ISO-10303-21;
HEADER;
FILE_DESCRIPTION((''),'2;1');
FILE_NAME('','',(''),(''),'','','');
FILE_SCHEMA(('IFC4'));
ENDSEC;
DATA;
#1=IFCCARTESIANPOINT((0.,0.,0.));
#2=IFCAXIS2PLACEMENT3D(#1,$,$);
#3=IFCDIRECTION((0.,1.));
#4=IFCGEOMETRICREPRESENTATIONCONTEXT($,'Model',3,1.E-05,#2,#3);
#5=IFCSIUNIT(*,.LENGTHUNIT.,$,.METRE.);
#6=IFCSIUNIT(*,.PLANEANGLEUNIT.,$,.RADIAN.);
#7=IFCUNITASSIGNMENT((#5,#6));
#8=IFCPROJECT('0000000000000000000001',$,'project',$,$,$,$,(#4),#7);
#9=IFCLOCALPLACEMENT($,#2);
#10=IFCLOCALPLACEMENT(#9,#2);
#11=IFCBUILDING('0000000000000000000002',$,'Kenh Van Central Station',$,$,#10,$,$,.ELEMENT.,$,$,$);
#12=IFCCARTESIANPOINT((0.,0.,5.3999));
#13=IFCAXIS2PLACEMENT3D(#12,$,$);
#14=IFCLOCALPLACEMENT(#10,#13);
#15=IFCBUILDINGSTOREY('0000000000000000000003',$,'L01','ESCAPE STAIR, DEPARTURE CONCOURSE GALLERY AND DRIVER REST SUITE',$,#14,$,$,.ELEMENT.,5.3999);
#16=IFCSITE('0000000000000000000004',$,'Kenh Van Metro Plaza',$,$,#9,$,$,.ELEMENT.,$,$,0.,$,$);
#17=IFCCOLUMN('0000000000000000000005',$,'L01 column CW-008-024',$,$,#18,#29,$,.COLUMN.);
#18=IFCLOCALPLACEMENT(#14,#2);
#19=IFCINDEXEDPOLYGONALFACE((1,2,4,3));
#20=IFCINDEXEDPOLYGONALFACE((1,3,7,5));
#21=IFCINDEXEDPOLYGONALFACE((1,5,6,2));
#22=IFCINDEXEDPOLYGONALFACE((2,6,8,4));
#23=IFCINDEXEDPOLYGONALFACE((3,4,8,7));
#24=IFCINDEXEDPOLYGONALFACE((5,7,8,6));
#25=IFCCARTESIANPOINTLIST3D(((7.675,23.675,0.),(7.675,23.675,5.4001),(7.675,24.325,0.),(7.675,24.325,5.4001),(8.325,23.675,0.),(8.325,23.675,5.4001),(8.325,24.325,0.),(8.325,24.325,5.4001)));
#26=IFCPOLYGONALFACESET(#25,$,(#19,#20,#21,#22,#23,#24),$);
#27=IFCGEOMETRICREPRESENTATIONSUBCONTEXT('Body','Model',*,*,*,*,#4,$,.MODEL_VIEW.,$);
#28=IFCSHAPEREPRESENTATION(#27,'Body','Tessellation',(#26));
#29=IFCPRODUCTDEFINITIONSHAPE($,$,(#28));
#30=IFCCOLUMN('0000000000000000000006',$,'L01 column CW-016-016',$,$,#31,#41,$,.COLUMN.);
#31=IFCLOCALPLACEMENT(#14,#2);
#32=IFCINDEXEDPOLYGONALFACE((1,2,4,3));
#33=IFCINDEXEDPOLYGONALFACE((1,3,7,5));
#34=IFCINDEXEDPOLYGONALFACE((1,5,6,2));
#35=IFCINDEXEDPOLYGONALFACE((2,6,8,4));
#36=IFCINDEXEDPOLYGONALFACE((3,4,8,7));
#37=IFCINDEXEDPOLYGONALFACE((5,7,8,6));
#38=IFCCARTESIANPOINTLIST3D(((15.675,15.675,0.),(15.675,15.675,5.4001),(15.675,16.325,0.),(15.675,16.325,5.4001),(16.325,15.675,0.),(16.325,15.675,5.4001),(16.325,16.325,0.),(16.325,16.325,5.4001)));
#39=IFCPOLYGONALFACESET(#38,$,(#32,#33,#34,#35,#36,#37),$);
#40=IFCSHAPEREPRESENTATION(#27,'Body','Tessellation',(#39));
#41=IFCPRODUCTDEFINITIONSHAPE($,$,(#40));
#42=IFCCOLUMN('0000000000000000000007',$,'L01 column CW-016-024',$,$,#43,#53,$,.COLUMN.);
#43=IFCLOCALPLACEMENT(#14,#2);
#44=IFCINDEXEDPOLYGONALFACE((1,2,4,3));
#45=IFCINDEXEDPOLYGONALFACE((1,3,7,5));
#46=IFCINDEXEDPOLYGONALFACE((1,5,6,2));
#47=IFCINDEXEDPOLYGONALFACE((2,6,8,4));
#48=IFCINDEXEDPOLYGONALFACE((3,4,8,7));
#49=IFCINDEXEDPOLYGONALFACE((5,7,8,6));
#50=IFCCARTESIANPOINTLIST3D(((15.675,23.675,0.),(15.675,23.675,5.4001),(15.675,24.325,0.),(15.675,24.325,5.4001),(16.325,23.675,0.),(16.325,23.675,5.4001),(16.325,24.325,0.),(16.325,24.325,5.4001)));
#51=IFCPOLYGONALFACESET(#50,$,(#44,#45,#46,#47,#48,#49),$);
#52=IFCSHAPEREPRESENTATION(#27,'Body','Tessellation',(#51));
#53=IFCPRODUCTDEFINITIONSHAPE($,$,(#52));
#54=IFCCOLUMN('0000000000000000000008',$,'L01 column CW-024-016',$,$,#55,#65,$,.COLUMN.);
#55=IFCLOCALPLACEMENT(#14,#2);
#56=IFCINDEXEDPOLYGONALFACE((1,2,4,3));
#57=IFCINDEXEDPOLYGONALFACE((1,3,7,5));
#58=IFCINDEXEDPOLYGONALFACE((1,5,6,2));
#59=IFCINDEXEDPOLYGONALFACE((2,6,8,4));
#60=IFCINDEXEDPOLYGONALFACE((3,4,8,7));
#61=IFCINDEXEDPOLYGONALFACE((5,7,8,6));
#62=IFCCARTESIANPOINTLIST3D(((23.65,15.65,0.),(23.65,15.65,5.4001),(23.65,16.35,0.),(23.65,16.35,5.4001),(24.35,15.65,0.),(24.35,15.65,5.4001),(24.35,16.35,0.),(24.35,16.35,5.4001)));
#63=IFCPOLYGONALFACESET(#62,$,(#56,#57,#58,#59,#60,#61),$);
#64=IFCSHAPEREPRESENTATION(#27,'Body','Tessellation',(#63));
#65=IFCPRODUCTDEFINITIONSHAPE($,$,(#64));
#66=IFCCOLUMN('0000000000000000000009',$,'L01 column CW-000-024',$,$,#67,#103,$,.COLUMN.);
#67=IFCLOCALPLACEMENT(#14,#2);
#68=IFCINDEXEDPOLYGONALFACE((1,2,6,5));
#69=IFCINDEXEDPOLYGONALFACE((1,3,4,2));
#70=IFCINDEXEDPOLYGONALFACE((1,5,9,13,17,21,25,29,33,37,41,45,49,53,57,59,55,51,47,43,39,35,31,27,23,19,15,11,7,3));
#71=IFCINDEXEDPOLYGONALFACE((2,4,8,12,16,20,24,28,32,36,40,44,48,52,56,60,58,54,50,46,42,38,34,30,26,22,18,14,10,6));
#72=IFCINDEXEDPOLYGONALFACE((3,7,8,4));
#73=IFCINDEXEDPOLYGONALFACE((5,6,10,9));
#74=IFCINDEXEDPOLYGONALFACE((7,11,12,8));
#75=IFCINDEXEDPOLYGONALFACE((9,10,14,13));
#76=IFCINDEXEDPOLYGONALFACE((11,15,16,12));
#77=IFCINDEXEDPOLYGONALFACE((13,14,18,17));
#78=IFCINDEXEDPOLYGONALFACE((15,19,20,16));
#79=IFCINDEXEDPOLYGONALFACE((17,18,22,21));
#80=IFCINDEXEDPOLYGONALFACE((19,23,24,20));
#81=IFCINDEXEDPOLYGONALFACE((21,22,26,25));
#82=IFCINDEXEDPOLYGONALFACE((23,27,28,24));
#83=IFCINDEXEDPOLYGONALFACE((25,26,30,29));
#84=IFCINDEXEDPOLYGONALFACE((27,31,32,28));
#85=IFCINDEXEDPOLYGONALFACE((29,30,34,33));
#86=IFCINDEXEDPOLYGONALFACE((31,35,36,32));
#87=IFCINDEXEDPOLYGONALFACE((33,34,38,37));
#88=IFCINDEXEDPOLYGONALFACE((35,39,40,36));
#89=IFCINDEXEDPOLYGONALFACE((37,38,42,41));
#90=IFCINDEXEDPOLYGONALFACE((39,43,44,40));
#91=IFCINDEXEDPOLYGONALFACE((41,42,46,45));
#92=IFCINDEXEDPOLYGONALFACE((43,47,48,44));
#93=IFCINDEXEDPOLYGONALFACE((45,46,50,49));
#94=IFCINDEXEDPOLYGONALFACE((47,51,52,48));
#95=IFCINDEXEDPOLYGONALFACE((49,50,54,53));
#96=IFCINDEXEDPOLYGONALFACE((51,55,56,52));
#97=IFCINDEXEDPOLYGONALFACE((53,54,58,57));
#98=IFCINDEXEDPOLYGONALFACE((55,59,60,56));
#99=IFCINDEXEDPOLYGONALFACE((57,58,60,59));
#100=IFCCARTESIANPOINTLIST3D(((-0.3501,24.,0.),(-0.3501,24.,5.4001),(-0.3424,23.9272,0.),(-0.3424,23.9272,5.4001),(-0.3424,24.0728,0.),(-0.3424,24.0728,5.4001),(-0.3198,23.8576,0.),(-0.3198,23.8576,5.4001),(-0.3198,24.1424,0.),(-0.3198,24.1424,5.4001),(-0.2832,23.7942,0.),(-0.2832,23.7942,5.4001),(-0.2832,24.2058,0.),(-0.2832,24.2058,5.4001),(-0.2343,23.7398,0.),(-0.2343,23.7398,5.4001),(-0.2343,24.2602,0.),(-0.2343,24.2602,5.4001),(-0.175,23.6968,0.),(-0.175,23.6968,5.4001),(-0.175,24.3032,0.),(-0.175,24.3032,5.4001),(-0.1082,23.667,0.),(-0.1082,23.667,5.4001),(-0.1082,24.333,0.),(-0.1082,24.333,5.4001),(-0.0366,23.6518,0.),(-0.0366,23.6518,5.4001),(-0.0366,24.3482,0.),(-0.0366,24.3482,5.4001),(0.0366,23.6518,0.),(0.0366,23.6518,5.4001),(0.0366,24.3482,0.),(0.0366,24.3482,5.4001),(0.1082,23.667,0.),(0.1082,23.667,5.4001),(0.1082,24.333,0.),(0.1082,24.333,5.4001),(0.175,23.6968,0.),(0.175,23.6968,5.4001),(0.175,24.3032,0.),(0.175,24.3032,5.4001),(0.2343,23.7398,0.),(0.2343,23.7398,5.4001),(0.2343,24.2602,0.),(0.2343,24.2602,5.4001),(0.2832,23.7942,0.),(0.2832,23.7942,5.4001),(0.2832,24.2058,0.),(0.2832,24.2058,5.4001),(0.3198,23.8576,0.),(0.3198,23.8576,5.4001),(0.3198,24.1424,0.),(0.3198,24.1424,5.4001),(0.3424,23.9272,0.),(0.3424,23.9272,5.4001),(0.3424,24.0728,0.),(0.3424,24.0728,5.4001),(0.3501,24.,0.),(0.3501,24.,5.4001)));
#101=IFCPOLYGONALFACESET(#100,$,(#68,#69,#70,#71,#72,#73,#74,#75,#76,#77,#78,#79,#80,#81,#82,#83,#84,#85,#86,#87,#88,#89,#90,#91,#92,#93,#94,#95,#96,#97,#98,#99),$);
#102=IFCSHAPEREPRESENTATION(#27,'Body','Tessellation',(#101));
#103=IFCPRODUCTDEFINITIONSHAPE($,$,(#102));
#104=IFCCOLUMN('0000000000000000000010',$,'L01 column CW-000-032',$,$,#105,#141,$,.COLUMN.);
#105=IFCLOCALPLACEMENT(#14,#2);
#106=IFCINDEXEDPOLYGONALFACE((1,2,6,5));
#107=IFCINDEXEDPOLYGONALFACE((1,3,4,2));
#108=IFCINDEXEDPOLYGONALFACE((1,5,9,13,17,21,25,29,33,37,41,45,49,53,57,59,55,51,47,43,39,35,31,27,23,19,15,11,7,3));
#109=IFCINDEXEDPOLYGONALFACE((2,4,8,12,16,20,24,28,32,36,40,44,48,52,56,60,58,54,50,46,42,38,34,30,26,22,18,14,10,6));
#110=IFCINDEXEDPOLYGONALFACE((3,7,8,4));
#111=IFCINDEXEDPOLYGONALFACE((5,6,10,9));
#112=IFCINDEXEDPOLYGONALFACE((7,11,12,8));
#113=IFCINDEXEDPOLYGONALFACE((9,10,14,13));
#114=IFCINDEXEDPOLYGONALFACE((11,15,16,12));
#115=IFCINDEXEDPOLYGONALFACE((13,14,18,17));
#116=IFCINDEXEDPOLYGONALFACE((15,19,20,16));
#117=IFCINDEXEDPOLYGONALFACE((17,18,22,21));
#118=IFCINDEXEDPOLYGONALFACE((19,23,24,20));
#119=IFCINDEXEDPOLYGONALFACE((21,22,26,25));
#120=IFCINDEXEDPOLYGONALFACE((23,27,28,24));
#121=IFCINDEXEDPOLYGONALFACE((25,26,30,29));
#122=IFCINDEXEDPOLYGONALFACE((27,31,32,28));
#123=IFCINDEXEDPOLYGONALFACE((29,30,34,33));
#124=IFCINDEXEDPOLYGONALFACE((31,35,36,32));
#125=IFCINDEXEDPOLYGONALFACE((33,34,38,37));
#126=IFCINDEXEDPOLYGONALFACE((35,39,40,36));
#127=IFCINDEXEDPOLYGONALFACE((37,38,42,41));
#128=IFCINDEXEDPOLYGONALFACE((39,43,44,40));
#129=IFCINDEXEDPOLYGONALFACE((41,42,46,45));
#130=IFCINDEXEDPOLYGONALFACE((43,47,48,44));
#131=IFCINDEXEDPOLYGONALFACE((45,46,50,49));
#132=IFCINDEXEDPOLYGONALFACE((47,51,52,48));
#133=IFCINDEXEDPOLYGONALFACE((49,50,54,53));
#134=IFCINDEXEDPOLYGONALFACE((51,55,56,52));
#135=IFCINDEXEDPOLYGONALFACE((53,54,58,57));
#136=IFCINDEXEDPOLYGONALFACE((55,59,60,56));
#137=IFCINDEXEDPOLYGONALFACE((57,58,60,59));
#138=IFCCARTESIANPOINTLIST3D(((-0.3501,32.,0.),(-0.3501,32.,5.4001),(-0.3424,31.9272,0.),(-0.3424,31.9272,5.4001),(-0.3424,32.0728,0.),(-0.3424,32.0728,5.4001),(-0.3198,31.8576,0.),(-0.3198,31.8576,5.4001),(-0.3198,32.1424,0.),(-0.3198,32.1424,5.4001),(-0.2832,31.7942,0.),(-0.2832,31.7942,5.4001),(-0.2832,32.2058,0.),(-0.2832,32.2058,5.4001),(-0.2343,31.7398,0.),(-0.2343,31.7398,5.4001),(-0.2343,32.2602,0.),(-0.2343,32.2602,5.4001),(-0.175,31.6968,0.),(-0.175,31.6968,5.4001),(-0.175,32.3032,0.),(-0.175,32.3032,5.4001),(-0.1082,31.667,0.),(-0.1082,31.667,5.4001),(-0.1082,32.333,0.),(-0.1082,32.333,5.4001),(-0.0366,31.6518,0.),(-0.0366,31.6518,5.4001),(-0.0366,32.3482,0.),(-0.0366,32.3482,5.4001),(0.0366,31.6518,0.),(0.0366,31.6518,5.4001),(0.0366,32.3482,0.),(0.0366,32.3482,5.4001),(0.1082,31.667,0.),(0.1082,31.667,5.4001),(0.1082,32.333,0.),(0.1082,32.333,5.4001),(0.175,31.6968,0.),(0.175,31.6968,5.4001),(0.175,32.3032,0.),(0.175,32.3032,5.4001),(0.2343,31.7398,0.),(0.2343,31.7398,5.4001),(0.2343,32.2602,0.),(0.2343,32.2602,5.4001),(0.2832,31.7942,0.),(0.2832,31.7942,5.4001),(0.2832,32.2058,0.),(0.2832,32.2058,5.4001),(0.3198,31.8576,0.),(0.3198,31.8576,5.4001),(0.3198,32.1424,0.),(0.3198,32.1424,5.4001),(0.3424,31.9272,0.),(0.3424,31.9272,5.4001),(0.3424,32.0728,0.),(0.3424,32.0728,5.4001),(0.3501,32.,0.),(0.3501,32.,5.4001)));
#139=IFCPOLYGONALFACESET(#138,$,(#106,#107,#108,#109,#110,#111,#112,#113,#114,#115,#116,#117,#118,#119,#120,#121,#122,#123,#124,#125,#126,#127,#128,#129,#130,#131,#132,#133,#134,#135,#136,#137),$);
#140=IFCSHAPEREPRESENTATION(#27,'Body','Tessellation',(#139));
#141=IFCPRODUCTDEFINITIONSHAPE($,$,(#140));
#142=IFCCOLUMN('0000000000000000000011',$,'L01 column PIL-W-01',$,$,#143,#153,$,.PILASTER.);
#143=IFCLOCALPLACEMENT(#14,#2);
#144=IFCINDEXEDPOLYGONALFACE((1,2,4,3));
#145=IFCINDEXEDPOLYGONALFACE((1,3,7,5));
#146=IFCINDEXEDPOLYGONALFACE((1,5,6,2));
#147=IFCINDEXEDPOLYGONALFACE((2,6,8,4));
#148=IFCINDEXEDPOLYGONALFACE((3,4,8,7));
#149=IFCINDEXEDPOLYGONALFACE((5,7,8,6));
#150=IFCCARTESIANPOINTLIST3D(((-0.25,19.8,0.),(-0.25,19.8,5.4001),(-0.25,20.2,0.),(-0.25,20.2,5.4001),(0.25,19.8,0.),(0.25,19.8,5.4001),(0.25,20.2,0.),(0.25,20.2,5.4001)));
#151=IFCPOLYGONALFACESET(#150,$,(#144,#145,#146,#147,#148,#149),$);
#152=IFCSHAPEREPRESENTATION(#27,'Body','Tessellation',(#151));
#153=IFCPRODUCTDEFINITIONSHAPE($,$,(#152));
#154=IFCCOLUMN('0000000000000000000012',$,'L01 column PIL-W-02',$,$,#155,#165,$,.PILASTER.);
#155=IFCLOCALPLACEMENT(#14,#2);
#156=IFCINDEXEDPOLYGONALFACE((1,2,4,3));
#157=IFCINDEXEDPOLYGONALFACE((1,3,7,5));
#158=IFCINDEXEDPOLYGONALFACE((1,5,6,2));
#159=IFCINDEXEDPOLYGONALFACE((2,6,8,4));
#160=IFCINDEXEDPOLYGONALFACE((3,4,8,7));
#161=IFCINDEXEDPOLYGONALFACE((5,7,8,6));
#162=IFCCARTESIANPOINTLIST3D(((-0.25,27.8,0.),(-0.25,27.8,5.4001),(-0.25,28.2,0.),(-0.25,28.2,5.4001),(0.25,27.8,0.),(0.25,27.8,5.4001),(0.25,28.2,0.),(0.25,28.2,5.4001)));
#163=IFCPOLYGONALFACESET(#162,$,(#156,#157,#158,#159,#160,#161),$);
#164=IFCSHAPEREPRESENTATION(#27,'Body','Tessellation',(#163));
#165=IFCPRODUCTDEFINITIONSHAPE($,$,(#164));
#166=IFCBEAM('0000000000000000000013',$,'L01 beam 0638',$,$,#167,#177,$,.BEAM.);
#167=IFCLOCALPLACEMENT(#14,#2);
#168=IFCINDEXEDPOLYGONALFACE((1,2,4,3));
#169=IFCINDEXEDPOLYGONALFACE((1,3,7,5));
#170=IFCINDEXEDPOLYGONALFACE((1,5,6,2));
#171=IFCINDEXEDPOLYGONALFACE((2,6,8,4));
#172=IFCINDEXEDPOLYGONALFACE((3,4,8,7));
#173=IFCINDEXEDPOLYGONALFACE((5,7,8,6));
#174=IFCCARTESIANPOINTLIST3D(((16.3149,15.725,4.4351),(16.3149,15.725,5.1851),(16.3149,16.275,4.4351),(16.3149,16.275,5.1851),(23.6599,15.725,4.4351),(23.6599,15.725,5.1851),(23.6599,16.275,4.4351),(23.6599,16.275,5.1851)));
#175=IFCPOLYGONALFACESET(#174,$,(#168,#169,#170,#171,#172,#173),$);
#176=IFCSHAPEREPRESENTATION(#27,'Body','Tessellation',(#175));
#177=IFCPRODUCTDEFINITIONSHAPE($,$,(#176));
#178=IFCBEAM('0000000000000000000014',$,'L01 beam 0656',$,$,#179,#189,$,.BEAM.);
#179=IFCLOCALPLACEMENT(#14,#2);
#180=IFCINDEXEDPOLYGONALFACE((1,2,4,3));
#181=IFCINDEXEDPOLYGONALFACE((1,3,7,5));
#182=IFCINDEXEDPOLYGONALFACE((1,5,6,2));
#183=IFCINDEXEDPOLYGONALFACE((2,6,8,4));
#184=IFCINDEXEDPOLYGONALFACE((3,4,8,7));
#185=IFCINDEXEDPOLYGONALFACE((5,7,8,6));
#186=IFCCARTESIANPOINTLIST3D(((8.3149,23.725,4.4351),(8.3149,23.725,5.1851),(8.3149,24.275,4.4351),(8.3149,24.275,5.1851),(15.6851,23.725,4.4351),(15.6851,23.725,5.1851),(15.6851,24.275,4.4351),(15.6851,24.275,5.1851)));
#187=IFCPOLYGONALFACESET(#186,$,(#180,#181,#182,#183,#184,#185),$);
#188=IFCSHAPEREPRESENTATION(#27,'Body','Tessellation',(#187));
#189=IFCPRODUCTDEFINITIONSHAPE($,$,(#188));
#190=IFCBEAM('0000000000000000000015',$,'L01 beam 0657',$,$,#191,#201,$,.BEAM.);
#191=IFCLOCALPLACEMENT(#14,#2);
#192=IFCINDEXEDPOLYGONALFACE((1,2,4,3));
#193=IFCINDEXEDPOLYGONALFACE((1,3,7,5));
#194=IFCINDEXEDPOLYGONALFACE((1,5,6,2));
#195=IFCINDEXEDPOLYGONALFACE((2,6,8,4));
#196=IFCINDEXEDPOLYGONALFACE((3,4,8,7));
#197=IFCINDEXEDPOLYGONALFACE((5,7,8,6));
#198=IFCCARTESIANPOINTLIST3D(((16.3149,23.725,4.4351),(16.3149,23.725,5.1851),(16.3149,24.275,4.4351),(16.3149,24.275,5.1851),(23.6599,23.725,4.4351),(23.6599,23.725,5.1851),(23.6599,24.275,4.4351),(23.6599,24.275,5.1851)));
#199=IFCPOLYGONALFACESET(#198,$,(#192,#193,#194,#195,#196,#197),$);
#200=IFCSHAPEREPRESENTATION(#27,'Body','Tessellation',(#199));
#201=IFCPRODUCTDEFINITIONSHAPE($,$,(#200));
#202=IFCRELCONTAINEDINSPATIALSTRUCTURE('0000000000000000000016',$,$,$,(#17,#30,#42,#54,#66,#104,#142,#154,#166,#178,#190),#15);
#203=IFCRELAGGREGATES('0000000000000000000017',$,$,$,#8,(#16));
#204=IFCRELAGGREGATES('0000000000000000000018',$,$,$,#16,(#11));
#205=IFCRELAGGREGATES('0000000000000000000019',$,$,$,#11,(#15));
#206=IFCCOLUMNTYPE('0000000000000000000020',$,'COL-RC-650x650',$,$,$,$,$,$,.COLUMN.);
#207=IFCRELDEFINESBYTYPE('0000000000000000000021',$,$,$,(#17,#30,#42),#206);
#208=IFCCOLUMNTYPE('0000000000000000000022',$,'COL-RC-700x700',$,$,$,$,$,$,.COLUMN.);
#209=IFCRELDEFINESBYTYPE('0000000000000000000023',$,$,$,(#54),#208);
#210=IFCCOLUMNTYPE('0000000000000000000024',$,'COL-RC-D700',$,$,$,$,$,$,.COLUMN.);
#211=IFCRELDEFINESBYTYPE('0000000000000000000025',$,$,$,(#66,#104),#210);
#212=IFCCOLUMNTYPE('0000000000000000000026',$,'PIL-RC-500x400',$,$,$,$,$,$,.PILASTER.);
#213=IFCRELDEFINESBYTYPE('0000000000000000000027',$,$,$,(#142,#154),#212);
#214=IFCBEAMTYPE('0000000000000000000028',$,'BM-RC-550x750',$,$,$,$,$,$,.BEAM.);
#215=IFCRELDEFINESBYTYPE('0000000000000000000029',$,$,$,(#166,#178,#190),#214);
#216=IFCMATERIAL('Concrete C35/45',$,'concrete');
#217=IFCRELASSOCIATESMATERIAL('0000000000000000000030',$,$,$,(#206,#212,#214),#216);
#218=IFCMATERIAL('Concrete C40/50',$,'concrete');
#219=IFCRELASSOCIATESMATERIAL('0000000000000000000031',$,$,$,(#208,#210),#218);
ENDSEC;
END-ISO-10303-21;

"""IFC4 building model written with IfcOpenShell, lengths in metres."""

from ifc_helpers import new_model, si_unit, direction, frame, origin, origin_2d, place, context, subcontext, project, spatial, rectangle, circle, extrude, material, material_profile, profile_set, type_object, element, save


model = new_model("IFC4")

# Units and contexts
model_context = context("Model", 3, precision=1e-05, world=origin(), true_north=direction((0.0, 1.0)))
body_context = subcontext(model_context, "Body", "Model", "MODEL_VIEW")
ifc_project = project(units=[si_unit("LENGTHUNIT", "METRE"), si_unit("PLANEANGLEUNIT", "RADIAN")], contexts=[model_context])

# Site, building, storey
site_placement = place(None, origin())
site = spatial("IfcSite", under=ifc_project, at=site_placement, Name="Kenh Van Metro Plaza", CompositionType="ELEMENT", RefElevation=0.0)
building_placement = place(site_placement, origin())
building = spatial("IfcBuilding", under=site, at=building_placement, Name="Kenh Van Central Station", CompositionType="ELEMENT")
storey_placement = place(building_placement, frame((0.0, 0.0, 5.3999)))
storey = spatial("IfcBuildingStorey", under=building, at=storey_placement, Name="L01", Description="ESCAPE STAIR, DEPARTURE CONCOURSE GALLERY AND DRIVER REST SUITE", CompositionType="ELEMENT", Elevation=5.3999)

# Columns
ifc_material_1 = material(Name="Concrete C35/45", Category="concrete")
ifc_material_profile_1 = material_profile(ifc_material_1, rectangle(XDim=0.6499, YDim=0.6499, at=origin_2d()), Name="RC 650x650")
ifc_profile_set_1 = profile_set([ifc_material_profile_1], Name="Concrete C35/45")
column_type_1 = type_object("IfcColumnType", Name="COL-RC-650x650", PredefinedType="COLUMN", material=ifc_profile_set_1)
for number, where, z_axis, x_axis, name in (
    (1, (8.0, 24.0, 0.0), (0.0, 0.0, 1.0), (1.0, 0.0, 0.0), "L01 column CW-008-024"),
    (2, (16.0, 16.0, 0.0), (0.0, 0.0, 1.0), (1.0, 0.0, 0.0), "L01 column CW-016-016"),
    (3, (16.0, 24.0, 0.0), (0.0, 0.0, 1.0), (1.0, 0.0, 0.0), "L01 column CW-016-024"),
):
    element("IfcColumn", number, at=place(storey_placement, frame(where, z_axis=z_axis, x_axis=x_axis)), inside=storey, type_object=column_type_1, Name=name, PredefinedType="COLUMN", context=body_context, shape_type="SweptSolid", body=[
        extrude(rectangle(XDim=0.6499, YDim=0.6499, at=origin_2d()), origin(), (0.0, 0.0, 1.0), 5.4001),
    ])
ifc_material_2 = material(Name="Concrete C40/50", Category="concrete")
ifc_material_profile_2 = material_profile(ifc_material_2, rectangle(XDim=0.7, YDim=0.7, at=origin_2d()), Name="RC 700x700")
ifc_profile_set_2 = profile_set([ifc_material_profile_2], Name="Concrete C40/50")
column_type_2 = type_object("IfcColumnType", Name="COL-RC-700x700", PredefinedType="COLUMN", material=ifc_profile_set_2)
column_placement = place(storey_placement, frame((24.0, 16.0, 0.0), z_axis=(0.0, 0.0, 1.0), x_axis=(1.0, 0.0, 0.0)))
element("IfcColumn", 4, at=column_placement, inside=storey, type_object=column_type_2, Name="L01 column CW-024-016", PredefinedType="COLUMN", context=body_context, shape_type="SweptSolid", body=[
    extrude(rectangle(XDim=0.7, YDim=0.7, at=origin_2d()), origin(), (0.0, 0.0, 1.0), 5.4001),
])
ifc_material_profile_3 = material_profile(ifc_material_2, circle(Radius=0.3501, at=origin_2d()), Name="RC D700")
ifc_profile_set_3 = profile_set([ifc_material_profile_3], Name="Concrete C40/50")
column_type_3 = type_object("IfcColumnType", Name="COL-RC-D700", PredefinedType="COLUMN", material=ifc_profile_set_3)
for number, where, z_axis, x_axis, name in (
    (5, (0.0, 24.0, 0.0), (0.0, 0.0, 1.0), (1.0, 0.0, 0.0), "L01 column CW-000-024"),
    (6, (0.0, 32.0, 0.0), (0.0, 0.0, 1.0), (1.0, 0.0, 0.0), "L01 column CW-000-032"),
):
    element("IfcColumn", number, at=place(storey_placement, frame(where, z_axis=z_axis, x_axis=x_axis)), inside=storey, type_object=column_type_3, Name=name, PredefinedType="COLUMN", context=body_context, shape_type="SweptSolid", body=[
        extrude(circle(Radius=0.3501, at=origin_2d()), origin(), (0.0, 0.0, 1.0), 5.4001),
    ])
ifc_material_profile_4 = material_profile(ifc_material_1, rectangle(XDim=0.5, YDim=0.3999, at=origin_2d()), Name="RC 500x400")
ifc_profile_set_4 = profile_set([ifc_material_profile_4], Name="Concrete C35/45")
column_type_4 = type_object("IfcColumnType", Name="PIL-RC-500x400", PredefinedType="PILASTER", material=ifc_profile_set_4)
for number, where, z_axis, x_axis, name in (
    (7, (0.0, 20.0, 0.0), (0.0, 0.0, 1.0), (1.0, 0.0, 0.0), "L01 column PIL-W-01"),
    (8, (0.0, 28.0, 0.0), (0.0, 0.0, 1.0), (1.0, 0.0, 0.0), "L01 column PIL-W-02"),
):
    element("IfcColumn", number, at=place(storey_placement, frame(where, z_axis=z_axis, x_axis=x_axis)), inside=storey, type_object=column_type_4, Name=name, PredefinedType="PILASTER", context=body_context, shape_type="SweptSolid", body=[
        extrude(rectangle(XDim=0.5, YDim=0.3999, at=origin_2d()), origin(), (0.0, 0.0, 1.0), 5.4001),
    ])

# Beams
ifc_material_profile_5 = material_profile(ifc_material_1, rectangle(XDim=0.55, YDim=0.75, at=origin_2d()), Name="RC 550x750")
ifc_profile_set_5 = profile_set([ifc_material_profile_5], Name="Concrete C35/45")
beam_type_1 = type_object("IfcBeamType", Name="BM-RC-550x750", PredefinedType="BEAM", material=ifc_profile_set_5)
beam_1_placement = place(storey_placement, frame((16.3149, 16.0, 4.8101), z_axis=(1.0, 0.0, 0.0), x_axis=(0.0, 1.0, 0.0)))
element("IfcBeam", 9, at=beam_1_placement, inside=storey, type_object=beam_type_1, Name="L01 beam 0638", PredefinedType="BEAM", context=body_context, shape_type="SweptSolid", body=[
    extrude(rectangle(XDim=0.55, YDim=0.75, at=origin_2d()), origin(), (0.0, 0.0, 1.0), 7.345),
])
beam_2_placement = place(storey_placement, frame((8.3149, 24.0, 4.8101), z_axis=(1.0, 0.0, 0.0), x_axis=(0.0, 1.0, 0.0)))
element("IfcBeam", 10, at=beam_2_placement, inside=storey, type_object=beam_type_1, Name="L01 beam 0656", PredefinedType="BEAM", context=body_context, shape_type="SweptSolid", body=[
    extrude(rectangle(XDim=0.55, YDim=0.75, at=origin_2d()), origin(), (0.0, 0.0, 1.0), 7.3701),
])
beam_3_placement = place(storey_placement, frame((16.3149, 24.0, 4.8101), z_axis=(1.0, 0.0, 0.0), x_axis=(0.0, 1.0, 0.0)))
element("IfcBeam", 11, at=beam_3_placement, inside=storey, type_object=beam_type_1, Name="L01 beam 0657", PredefinedType="BEAM", context=body_context, shape_type="SweptSolid", body=[
    extrude(rectangle(XDim=0.55, YDim=0.75, at=origin_2d()), origin(), (0.0, 0.0, 1.0), 7.345),
])

save(model, "model.ifc")
